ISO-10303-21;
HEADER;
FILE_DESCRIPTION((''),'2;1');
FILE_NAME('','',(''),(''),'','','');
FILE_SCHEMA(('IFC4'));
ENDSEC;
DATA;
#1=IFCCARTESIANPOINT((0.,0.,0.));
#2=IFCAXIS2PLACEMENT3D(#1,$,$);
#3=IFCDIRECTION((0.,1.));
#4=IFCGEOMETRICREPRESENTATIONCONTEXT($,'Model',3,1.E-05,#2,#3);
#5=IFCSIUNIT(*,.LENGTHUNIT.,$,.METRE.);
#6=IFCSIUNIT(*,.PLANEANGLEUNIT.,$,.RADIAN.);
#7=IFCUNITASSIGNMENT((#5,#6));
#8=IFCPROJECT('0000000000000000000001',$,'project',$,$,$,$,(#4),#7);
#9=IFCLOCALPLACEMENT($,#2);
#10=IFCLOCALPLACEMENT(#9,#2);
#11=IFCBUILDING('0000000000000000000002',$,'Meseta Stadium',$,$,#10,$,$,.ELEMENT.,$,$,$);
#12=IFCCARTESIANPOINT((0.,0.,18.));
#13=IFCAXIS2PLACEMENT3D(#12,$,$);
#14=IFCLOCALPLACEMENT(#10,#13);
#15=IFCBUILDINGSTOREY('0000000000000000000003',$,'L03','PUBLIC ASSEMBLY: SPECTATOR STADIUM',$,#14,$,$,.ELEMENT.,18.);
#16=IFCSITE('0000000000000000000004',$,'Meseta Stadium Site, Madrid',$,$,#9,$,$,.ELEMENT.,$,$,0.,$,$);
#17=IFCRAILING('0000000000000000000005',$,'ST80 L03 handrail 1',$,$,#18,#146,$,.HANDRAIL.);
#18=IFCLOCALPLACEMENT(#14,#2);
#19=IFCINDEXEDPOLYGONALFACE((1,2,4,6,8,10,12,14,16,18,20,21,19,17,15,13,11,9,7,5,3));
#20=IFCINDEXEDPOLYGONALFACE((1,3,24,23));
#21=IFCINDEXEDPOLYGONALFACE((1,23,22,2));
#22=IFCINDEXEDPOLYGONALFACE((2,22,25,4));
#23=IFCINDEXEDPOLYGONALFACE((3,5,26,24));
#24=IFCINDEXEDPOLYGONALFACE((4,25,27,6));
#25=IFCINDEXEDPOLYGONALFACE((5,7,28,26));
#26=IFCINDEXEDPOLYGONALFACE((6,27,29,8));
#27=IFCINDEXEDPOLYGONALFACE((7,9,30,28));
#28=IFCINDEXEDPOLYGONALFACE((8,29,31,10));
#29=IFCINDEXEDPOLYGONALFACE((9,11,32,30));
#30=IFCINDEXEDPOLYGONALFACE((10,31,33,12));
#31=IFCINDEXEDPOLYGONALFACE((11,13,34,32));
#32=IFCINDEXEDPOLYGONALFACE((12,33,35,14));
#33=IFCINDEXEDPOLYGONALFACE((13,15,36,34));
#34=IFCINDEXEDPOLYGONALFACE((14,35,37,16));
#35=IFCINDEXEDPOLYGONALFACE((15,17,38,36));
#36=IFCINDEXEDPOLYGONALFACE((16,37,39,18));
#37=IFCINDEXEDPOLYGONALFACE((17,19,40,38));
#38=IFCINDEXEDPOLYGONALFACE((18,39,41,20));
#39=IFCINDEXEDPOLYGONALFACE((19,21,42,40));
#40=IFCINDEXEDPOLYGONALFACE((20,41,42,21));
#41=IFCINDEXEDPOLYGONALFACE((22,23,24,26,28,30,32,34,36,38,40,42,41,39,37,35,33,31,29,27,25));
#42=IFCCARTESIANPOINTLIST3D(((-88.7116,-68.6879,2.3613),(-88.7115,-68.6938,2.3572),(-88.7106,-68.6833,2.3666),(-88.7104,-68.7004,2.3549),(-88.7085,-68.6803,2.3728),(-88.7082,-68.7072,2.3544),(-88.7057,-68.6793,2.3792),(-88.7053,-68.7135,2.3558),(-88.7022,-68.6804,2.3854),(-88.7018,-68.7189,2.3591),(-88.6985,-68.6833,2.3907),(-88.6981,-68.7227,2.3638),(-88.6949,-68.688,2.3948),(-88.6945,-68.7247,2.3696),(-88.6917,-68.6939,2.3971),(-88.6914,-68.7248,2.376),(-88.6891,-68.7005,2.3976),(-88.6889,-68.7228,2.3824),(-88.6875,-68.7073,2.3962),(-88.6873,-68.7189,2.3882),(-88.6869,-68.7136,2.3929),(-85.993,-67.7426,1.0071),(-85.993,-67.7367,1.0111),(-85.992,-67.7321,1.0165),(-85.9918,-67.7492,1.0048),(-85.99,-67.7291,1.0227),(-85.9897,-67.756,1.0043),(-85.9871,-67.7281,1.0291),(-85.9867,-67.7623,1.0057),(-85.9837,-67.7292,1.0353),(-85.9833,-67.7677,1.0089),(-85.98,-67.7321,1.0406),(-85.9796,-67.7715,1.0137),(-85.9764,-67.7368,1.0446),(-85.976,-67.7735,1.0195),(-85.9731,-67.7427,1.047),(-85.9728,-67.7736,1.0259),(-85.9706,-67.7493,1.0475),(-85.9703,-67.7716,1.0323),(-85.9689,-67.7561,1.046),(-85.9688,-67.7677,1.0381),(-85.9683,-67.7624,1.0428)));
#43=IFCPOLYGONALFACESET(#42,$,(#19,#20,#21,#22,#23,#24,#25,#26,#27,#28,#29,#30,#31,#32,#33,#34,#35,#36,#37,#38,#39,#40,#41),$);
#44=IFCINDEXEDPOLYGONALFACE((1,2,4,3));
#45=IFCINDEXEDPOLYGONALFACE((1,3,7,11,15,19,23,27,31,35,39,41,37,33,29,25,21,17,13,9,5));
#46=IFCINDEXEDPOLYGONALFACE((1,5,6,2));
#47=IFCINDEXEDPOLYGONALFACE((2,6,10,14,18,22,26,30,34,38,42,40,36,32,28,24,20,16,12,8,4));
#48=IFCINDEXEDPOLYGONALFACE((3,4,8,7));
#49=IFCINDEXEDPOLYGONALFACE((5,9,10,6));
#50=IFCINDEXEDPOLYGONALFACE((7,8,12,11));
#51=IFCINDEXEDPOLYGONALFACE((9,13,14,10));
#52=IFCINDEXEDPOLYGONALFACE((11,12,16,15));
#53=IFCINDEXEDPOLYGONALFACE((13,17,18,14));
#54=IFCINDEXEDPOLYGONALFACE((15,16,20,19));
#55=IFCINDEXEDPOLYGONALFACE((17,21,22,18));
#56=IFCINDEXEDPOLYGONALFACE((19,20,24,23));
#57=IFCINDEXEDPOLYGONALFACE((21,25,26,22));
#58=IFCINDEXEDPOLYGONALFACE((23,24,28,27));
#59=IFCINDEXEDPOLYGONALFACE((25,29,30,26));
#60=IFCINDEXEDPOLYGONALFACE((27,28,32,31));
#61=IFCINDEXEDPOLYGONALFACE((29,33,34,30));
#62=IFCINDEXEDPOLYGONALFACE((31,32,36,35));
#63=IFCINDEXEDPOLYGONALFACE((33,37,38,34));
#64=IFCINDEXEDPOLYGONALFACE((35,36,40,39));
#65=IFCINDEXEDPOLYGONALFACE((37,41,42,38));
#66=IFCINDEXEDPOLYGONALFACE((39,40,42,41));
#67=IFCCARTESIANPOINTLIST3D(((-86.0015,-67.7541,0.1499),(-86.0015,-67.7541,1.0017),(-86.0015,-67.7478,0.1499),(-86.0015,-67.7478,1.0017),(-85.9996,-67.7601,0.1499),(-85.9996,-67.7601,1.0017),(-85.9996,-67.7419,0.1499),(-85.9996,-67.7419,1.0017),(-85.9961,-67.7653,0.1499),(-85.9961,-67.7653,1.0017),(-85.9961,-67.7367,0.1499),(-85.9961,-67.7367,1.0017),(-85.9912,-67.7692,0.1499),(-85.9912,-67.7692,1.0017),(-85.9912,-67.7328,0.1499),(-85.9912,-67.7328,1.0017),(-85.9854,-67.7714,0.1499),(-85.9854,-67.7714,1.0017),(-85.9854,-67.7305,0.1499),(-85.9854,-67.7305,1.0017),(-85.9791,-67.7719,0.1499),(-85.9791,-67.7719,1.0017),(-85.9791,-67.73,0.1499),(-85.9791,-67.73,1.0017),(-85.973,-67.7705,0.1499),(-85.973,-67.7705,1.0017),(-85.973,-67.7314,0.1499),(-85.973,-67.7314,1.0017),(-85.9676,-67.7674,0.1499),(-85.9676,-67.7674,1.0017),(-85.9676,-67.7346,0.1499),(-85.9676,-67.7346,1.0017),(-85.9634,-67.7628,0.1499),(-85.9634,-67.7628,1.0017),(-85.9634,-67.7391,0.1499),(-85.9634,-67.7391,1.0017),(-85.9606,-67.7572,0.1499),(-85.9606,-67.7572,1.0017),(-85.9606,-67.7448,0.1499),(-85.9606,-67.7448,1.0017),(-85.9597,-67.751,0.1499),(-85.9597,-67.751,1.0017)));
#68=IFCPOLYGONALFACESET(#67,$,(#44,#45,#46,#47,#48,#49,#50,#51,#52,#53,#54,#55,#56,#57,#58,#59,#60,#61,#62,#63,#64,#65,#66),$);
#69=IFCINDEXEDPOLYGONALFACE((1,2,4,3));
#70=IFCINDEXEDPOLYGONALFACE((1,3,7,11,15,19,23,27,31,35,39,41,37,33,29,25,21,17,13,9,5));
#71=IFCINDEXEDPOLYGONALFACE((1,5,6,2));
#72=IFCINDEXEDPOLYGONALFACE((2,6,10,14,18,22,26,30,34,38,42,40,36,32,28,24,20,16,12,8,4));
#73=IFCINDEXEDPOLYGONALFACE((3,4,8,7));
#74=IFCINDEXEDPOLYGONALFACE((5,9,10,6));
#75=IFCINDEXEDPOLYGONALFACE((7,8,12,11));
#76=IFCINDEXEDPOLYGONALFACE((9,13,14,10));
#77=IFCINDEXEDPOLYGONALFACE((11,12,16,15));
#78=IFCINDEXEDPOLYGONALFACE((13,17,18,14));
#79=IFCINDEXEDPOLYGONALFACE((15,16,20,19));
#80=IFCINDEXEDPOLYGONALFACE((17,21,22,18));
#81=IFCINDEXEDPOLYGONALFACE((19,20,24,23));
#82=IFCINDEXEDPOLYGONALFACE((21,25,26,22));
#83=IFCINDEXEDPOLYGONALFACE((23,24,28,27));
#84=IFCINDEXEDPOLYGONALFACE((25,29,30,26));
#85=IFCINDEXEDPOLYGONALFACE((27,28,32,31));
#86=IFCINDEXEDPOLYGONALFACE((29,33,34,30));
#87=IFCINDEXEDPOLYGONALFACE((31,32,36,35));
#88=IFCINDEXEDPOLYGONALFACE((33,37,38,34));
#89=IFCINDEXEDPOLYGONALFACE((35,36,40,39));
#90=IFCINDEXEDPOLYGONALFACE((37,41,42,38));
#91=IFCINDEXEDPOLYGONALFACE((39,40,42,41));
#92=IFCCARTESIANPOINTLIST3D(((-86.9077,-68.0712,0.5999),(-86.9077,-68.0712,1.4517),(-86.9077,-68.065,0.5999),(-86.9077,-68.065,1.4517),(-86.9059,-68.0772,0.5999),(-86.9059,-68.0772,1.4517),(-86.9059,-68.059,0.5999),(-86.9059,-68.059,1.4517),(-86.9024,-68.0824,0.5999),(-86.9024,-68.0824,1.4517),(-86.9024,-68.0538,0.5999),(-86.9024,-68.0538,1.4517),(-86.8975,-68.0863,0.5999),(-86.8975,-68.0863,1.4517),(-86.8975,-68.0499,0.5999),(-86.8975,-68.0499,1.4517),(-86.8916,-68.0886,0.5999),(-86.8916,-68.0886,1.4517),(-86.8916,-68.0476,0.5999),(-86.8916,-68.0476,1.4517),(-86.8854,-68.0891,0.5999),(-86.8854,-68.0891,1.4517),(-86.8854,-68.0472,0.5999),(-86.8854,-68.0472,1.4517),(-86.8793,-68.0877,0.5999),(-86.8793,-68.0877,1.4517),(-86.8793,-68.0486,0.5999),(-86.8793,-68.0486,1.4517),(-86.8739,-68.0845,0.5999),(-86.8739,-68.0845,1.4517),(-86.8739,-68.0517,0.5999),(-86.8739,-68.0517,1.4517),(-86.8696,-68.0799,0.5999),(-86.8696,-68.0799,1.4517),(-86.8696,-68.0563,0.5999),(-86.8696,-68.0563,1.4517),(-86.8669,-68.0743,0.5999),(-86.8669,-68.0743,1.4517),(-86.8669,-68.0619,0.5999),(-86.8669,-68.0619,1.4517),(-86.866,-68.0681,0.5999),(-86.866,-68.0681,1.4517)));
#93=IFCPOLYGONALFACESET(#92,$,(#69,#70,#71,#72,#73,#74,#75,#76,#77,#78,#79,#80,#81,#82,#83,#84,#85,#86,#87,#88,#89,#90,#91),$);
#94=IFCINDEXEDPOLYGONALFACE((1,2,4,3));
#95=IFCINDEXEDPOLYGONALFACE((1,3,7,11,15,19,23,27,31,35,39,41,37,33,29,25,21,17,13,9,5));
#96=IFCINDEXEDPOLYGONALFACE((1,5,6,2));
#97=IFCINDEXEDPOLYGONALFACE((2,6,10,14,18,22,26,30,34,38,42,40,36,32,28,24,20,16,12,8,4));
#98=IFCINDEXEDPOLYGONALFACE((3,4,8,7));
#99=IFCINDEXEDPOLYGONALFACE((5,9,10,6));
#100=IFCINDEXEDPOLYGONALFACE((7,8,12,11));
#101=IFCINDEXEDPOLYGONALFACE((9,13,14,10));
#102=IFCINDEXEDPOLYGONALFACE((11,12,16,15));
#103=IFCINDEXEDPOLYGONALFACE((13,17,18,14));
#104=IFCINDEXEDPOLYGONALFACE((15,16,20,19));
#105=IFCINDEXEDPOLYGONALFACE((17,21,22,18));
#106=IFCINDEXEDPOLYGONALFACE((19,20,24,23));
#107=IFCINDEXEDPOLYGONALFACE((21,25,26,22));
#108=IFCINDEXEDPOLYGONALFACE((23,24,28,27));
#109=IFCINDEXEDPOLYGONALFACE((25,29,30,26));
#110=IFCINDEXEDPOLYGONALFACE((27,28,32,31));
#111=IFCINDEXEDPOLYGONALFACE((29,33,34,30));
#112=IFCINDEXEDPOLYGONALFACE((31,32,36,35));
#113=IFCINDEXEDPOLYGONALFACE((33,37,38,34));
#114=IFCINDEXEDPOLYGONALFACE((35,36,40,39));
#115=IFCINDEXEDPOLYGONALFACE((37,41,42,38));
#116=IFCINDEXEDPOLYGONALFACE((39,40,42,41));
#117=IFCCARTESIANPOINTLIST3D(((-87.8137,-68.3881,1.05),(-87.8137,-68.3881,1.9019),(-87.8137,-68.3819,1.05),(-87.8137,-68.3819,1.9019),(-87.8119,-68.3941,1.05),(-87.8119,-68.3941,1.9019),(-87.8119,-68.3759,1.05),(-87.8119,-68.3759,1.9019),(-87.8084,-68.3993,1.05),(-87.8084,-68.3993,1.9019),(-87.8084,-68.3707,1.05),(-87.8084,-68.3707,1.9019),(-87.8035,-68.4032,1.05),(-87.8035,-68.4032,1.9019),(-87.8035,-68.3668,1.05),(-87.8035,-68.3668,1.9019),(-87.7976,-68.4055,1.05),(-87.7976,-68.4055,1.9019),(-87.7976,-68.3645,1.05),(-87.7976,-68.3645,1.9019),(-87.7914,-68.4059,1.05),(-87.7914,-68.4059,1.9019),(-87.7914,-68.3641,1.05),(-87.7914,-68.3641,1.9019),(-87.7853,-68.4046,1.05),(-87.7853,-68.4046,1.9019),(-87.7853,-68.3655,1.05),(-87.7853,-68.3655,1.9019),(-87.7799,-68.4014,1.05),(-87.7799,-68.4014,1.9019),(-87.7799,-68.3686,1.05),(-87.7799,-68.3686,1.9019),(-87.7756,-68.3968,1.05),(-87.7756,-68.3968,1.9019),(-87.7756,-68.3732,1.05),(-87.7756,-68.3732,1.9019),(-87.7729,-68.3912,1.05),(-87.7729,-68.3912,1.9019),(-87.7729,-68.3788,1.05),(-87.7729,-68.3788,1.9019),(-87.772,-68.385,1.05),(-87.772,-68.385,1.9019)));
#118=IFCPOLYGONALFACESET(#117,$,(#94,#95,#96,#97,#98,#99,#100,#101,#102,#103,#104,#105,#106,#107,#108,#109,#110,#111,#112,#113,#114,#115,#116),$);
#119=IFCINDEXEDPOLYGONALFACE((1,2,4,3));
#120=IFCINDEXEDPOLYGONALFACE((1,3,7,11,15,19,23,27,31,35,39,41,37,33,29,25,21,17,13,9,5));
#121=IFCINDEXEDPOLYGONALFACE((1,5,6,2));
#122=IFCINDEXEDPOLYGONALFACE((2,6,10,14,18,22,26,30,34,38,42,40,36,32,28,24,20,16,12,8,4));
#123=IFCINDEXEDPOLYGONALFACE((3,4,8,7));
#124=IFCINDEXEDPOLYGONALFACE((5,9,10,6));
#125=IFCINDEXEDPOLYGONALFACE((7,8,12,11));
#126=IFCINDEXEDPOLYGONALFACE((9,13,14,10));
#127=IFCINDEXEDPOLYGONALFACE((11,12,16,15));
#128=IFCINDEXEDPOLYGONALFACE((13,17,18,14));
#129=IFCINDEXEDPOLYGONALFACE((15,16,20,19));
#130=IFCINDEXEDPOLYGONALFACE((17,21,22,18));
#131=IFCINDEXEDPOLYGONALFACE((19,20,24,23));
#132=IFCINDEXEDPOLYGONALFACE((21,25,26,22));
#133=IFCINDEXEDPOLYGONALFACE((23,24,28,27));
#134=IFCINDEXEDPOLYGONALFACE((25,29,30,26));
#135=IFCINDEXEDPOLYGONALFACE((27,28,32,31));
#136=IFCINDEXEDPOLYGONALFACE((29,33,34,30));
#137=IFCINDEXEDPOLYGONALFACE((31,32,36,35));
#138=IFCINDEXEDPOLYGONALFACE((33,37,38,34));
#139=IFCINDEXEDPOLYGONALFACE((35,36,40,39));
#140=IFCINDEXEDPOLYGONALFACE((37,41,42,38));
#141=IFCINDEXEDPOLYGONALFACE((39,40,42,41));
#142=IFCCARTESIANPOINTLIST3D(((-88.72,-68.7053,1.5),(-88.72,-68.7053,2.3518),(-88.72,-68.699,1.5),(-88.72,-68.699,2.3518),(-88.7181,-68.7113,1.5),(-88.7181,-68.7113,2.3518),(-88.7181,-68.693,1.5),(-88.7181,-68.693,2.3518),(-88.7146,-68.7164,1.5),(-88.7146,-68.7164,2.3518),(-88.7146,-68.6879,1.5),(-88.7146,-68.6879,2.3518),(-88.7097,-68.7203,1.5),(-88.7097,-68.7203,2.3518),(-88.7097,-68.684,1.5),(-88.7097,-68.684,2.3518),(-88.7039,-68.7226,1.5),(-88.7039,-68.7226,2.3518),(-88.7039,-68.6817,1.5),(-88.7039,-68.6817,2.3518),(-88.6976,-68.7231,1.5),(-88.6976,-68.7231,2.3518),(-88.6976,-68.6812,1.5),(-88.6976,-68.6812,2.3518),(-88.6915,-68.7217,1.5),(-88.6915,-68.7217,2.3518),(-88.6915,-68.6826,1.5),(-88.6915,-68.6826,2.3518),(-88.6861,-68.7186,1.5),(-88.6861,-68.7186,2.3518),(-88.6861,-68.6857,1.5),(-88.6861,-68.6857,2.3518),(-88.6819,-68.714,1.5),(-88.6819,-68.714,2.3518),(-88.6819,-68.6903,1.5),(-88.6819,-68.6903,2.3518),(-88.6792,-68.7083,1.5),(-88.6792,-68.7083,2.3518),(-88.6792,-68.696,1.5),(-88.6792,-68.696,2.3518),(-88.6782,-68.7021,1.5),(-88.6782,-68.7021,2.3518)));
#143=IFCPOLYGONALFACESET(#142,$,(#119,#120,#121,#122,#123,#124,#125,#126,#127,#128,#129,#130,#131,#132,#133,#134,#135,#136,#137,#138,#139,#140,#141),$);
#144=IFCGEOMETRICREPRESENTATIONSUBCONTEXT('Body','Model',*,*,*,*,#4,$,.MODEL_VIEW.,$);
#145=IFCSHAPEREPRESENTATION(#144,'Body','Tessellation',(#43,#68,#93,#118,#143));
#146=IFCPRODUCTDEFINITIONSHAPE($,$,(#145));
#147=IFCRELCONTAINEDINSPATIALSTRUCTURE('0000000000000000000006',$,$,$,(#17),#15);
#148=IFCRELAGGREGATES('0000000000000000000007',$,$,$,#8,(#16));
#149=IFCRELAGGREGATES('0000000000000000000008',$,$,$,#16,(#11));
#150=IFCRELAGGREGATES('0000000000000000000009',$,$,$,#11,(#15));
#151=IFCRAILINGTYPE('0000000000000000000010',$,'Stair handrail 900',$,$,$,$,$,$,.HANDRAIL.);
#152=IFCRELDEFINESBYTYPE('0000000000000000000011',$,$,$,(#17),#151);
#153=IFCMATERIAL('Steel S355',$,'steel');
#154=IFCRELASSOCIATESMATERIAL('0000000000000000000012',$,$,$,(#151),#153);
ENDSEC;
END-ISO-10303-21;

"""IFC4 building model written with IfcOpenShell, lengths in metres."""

from ifc_helpers import new_model, si_unit, direction, frame, origin, origin_2d, place, context, subcontext, project, spatial, circle, extrude, material, type_object, element, save


model = new_model("IFC4")

# Units and contexts
model_context = context("Model", 3, precision=1e-05, world=origin(), true_north=direction((0.0, 1.0)))
body_context = subcontext(model_context, "Body", "Model", "MODEL_VIEW")
ifc_project = project(units=[si_unit("LENGTHUNIT", "METRE"), si_unit("PLANEANGLEUNIT", "RADIAN")], contexts=[model_context])

# Site, building, storey
site_placement = place(None, origin())
site = spatial("IfcSite", under=ifc_project, at=site_placement, Name="Meseta Stadium Site, Madrid", CompositionType="ELEMENT", RefElevation=0.0)
building_placement = place(site_placement, origin())
building = spatial("IfcBuilding", under=site, at=building_placement, Name="Meseta Stadium", CompositionType="ELEMENT")
storey_placement = place(building_placement, frame((0.0, 0.0, 18.0)))
storey = spatial("IfcBuildingStorey", under=building, at=storey_placement, Name="L03", Description="PUBLIC ASSEMBLY: SPECTATOR STADIUM", CompositionType="ELEMENT", Elevation=18.0)

# Railing
ifc_material_1 = material(Name="Steel S355", Category="steel")
railing_type_1 = type_object("IfcRailingType", Name="Stair handrail 900", PredefinedType="HANDRAIL", material=ifc_material_1)
for number, where, name in (
    (1, (-85.9807, -67.751, 0.1499), "ST80 L03 handrail 1"),
):
    element("IfcRailing", number, at=place(storey_placement, frame(where)), inside=storey, type_object=railing_type_1, Name=name, PredefinedType="HANDRAIL", context=body_context, shape_type="SweptSolid", body=[
        extrude(circle(Radius=0.0239, at=origin_2d()), frame((0.0, 0.0, 0.876), z_axis=(-0.854649, -0.299031, 0.424446), x_axis=(0.330256, -0.943891, 0.0)), (0.0, 0.0, 1.0), 3.1809),
        extrude(circle(Radius=0.021, at=origin_2d()), origin(), (0.0, 0.0, 1.0), 0.8518),
        extrude(circle(Radius=0.021, at=origin_2d()), frame((-0.9062, -0.3171, 0.45)), (0.0, 0.0, 1.0), 0.8518),
        extrude(circle(Radius=0.021, at=origin_2d()), frame((-1.8123, -0.634, 0.9001)), (0.0, 0.0, 1.0), 0.8518),
        extrude(circle(Radius=0.021, at=origin_2d()), frame((-2.7185, -0.9512, 1.3501)), (0.0, 0.0, 1.0), 0.8518),
    ])

save(model, "model.ifc")
